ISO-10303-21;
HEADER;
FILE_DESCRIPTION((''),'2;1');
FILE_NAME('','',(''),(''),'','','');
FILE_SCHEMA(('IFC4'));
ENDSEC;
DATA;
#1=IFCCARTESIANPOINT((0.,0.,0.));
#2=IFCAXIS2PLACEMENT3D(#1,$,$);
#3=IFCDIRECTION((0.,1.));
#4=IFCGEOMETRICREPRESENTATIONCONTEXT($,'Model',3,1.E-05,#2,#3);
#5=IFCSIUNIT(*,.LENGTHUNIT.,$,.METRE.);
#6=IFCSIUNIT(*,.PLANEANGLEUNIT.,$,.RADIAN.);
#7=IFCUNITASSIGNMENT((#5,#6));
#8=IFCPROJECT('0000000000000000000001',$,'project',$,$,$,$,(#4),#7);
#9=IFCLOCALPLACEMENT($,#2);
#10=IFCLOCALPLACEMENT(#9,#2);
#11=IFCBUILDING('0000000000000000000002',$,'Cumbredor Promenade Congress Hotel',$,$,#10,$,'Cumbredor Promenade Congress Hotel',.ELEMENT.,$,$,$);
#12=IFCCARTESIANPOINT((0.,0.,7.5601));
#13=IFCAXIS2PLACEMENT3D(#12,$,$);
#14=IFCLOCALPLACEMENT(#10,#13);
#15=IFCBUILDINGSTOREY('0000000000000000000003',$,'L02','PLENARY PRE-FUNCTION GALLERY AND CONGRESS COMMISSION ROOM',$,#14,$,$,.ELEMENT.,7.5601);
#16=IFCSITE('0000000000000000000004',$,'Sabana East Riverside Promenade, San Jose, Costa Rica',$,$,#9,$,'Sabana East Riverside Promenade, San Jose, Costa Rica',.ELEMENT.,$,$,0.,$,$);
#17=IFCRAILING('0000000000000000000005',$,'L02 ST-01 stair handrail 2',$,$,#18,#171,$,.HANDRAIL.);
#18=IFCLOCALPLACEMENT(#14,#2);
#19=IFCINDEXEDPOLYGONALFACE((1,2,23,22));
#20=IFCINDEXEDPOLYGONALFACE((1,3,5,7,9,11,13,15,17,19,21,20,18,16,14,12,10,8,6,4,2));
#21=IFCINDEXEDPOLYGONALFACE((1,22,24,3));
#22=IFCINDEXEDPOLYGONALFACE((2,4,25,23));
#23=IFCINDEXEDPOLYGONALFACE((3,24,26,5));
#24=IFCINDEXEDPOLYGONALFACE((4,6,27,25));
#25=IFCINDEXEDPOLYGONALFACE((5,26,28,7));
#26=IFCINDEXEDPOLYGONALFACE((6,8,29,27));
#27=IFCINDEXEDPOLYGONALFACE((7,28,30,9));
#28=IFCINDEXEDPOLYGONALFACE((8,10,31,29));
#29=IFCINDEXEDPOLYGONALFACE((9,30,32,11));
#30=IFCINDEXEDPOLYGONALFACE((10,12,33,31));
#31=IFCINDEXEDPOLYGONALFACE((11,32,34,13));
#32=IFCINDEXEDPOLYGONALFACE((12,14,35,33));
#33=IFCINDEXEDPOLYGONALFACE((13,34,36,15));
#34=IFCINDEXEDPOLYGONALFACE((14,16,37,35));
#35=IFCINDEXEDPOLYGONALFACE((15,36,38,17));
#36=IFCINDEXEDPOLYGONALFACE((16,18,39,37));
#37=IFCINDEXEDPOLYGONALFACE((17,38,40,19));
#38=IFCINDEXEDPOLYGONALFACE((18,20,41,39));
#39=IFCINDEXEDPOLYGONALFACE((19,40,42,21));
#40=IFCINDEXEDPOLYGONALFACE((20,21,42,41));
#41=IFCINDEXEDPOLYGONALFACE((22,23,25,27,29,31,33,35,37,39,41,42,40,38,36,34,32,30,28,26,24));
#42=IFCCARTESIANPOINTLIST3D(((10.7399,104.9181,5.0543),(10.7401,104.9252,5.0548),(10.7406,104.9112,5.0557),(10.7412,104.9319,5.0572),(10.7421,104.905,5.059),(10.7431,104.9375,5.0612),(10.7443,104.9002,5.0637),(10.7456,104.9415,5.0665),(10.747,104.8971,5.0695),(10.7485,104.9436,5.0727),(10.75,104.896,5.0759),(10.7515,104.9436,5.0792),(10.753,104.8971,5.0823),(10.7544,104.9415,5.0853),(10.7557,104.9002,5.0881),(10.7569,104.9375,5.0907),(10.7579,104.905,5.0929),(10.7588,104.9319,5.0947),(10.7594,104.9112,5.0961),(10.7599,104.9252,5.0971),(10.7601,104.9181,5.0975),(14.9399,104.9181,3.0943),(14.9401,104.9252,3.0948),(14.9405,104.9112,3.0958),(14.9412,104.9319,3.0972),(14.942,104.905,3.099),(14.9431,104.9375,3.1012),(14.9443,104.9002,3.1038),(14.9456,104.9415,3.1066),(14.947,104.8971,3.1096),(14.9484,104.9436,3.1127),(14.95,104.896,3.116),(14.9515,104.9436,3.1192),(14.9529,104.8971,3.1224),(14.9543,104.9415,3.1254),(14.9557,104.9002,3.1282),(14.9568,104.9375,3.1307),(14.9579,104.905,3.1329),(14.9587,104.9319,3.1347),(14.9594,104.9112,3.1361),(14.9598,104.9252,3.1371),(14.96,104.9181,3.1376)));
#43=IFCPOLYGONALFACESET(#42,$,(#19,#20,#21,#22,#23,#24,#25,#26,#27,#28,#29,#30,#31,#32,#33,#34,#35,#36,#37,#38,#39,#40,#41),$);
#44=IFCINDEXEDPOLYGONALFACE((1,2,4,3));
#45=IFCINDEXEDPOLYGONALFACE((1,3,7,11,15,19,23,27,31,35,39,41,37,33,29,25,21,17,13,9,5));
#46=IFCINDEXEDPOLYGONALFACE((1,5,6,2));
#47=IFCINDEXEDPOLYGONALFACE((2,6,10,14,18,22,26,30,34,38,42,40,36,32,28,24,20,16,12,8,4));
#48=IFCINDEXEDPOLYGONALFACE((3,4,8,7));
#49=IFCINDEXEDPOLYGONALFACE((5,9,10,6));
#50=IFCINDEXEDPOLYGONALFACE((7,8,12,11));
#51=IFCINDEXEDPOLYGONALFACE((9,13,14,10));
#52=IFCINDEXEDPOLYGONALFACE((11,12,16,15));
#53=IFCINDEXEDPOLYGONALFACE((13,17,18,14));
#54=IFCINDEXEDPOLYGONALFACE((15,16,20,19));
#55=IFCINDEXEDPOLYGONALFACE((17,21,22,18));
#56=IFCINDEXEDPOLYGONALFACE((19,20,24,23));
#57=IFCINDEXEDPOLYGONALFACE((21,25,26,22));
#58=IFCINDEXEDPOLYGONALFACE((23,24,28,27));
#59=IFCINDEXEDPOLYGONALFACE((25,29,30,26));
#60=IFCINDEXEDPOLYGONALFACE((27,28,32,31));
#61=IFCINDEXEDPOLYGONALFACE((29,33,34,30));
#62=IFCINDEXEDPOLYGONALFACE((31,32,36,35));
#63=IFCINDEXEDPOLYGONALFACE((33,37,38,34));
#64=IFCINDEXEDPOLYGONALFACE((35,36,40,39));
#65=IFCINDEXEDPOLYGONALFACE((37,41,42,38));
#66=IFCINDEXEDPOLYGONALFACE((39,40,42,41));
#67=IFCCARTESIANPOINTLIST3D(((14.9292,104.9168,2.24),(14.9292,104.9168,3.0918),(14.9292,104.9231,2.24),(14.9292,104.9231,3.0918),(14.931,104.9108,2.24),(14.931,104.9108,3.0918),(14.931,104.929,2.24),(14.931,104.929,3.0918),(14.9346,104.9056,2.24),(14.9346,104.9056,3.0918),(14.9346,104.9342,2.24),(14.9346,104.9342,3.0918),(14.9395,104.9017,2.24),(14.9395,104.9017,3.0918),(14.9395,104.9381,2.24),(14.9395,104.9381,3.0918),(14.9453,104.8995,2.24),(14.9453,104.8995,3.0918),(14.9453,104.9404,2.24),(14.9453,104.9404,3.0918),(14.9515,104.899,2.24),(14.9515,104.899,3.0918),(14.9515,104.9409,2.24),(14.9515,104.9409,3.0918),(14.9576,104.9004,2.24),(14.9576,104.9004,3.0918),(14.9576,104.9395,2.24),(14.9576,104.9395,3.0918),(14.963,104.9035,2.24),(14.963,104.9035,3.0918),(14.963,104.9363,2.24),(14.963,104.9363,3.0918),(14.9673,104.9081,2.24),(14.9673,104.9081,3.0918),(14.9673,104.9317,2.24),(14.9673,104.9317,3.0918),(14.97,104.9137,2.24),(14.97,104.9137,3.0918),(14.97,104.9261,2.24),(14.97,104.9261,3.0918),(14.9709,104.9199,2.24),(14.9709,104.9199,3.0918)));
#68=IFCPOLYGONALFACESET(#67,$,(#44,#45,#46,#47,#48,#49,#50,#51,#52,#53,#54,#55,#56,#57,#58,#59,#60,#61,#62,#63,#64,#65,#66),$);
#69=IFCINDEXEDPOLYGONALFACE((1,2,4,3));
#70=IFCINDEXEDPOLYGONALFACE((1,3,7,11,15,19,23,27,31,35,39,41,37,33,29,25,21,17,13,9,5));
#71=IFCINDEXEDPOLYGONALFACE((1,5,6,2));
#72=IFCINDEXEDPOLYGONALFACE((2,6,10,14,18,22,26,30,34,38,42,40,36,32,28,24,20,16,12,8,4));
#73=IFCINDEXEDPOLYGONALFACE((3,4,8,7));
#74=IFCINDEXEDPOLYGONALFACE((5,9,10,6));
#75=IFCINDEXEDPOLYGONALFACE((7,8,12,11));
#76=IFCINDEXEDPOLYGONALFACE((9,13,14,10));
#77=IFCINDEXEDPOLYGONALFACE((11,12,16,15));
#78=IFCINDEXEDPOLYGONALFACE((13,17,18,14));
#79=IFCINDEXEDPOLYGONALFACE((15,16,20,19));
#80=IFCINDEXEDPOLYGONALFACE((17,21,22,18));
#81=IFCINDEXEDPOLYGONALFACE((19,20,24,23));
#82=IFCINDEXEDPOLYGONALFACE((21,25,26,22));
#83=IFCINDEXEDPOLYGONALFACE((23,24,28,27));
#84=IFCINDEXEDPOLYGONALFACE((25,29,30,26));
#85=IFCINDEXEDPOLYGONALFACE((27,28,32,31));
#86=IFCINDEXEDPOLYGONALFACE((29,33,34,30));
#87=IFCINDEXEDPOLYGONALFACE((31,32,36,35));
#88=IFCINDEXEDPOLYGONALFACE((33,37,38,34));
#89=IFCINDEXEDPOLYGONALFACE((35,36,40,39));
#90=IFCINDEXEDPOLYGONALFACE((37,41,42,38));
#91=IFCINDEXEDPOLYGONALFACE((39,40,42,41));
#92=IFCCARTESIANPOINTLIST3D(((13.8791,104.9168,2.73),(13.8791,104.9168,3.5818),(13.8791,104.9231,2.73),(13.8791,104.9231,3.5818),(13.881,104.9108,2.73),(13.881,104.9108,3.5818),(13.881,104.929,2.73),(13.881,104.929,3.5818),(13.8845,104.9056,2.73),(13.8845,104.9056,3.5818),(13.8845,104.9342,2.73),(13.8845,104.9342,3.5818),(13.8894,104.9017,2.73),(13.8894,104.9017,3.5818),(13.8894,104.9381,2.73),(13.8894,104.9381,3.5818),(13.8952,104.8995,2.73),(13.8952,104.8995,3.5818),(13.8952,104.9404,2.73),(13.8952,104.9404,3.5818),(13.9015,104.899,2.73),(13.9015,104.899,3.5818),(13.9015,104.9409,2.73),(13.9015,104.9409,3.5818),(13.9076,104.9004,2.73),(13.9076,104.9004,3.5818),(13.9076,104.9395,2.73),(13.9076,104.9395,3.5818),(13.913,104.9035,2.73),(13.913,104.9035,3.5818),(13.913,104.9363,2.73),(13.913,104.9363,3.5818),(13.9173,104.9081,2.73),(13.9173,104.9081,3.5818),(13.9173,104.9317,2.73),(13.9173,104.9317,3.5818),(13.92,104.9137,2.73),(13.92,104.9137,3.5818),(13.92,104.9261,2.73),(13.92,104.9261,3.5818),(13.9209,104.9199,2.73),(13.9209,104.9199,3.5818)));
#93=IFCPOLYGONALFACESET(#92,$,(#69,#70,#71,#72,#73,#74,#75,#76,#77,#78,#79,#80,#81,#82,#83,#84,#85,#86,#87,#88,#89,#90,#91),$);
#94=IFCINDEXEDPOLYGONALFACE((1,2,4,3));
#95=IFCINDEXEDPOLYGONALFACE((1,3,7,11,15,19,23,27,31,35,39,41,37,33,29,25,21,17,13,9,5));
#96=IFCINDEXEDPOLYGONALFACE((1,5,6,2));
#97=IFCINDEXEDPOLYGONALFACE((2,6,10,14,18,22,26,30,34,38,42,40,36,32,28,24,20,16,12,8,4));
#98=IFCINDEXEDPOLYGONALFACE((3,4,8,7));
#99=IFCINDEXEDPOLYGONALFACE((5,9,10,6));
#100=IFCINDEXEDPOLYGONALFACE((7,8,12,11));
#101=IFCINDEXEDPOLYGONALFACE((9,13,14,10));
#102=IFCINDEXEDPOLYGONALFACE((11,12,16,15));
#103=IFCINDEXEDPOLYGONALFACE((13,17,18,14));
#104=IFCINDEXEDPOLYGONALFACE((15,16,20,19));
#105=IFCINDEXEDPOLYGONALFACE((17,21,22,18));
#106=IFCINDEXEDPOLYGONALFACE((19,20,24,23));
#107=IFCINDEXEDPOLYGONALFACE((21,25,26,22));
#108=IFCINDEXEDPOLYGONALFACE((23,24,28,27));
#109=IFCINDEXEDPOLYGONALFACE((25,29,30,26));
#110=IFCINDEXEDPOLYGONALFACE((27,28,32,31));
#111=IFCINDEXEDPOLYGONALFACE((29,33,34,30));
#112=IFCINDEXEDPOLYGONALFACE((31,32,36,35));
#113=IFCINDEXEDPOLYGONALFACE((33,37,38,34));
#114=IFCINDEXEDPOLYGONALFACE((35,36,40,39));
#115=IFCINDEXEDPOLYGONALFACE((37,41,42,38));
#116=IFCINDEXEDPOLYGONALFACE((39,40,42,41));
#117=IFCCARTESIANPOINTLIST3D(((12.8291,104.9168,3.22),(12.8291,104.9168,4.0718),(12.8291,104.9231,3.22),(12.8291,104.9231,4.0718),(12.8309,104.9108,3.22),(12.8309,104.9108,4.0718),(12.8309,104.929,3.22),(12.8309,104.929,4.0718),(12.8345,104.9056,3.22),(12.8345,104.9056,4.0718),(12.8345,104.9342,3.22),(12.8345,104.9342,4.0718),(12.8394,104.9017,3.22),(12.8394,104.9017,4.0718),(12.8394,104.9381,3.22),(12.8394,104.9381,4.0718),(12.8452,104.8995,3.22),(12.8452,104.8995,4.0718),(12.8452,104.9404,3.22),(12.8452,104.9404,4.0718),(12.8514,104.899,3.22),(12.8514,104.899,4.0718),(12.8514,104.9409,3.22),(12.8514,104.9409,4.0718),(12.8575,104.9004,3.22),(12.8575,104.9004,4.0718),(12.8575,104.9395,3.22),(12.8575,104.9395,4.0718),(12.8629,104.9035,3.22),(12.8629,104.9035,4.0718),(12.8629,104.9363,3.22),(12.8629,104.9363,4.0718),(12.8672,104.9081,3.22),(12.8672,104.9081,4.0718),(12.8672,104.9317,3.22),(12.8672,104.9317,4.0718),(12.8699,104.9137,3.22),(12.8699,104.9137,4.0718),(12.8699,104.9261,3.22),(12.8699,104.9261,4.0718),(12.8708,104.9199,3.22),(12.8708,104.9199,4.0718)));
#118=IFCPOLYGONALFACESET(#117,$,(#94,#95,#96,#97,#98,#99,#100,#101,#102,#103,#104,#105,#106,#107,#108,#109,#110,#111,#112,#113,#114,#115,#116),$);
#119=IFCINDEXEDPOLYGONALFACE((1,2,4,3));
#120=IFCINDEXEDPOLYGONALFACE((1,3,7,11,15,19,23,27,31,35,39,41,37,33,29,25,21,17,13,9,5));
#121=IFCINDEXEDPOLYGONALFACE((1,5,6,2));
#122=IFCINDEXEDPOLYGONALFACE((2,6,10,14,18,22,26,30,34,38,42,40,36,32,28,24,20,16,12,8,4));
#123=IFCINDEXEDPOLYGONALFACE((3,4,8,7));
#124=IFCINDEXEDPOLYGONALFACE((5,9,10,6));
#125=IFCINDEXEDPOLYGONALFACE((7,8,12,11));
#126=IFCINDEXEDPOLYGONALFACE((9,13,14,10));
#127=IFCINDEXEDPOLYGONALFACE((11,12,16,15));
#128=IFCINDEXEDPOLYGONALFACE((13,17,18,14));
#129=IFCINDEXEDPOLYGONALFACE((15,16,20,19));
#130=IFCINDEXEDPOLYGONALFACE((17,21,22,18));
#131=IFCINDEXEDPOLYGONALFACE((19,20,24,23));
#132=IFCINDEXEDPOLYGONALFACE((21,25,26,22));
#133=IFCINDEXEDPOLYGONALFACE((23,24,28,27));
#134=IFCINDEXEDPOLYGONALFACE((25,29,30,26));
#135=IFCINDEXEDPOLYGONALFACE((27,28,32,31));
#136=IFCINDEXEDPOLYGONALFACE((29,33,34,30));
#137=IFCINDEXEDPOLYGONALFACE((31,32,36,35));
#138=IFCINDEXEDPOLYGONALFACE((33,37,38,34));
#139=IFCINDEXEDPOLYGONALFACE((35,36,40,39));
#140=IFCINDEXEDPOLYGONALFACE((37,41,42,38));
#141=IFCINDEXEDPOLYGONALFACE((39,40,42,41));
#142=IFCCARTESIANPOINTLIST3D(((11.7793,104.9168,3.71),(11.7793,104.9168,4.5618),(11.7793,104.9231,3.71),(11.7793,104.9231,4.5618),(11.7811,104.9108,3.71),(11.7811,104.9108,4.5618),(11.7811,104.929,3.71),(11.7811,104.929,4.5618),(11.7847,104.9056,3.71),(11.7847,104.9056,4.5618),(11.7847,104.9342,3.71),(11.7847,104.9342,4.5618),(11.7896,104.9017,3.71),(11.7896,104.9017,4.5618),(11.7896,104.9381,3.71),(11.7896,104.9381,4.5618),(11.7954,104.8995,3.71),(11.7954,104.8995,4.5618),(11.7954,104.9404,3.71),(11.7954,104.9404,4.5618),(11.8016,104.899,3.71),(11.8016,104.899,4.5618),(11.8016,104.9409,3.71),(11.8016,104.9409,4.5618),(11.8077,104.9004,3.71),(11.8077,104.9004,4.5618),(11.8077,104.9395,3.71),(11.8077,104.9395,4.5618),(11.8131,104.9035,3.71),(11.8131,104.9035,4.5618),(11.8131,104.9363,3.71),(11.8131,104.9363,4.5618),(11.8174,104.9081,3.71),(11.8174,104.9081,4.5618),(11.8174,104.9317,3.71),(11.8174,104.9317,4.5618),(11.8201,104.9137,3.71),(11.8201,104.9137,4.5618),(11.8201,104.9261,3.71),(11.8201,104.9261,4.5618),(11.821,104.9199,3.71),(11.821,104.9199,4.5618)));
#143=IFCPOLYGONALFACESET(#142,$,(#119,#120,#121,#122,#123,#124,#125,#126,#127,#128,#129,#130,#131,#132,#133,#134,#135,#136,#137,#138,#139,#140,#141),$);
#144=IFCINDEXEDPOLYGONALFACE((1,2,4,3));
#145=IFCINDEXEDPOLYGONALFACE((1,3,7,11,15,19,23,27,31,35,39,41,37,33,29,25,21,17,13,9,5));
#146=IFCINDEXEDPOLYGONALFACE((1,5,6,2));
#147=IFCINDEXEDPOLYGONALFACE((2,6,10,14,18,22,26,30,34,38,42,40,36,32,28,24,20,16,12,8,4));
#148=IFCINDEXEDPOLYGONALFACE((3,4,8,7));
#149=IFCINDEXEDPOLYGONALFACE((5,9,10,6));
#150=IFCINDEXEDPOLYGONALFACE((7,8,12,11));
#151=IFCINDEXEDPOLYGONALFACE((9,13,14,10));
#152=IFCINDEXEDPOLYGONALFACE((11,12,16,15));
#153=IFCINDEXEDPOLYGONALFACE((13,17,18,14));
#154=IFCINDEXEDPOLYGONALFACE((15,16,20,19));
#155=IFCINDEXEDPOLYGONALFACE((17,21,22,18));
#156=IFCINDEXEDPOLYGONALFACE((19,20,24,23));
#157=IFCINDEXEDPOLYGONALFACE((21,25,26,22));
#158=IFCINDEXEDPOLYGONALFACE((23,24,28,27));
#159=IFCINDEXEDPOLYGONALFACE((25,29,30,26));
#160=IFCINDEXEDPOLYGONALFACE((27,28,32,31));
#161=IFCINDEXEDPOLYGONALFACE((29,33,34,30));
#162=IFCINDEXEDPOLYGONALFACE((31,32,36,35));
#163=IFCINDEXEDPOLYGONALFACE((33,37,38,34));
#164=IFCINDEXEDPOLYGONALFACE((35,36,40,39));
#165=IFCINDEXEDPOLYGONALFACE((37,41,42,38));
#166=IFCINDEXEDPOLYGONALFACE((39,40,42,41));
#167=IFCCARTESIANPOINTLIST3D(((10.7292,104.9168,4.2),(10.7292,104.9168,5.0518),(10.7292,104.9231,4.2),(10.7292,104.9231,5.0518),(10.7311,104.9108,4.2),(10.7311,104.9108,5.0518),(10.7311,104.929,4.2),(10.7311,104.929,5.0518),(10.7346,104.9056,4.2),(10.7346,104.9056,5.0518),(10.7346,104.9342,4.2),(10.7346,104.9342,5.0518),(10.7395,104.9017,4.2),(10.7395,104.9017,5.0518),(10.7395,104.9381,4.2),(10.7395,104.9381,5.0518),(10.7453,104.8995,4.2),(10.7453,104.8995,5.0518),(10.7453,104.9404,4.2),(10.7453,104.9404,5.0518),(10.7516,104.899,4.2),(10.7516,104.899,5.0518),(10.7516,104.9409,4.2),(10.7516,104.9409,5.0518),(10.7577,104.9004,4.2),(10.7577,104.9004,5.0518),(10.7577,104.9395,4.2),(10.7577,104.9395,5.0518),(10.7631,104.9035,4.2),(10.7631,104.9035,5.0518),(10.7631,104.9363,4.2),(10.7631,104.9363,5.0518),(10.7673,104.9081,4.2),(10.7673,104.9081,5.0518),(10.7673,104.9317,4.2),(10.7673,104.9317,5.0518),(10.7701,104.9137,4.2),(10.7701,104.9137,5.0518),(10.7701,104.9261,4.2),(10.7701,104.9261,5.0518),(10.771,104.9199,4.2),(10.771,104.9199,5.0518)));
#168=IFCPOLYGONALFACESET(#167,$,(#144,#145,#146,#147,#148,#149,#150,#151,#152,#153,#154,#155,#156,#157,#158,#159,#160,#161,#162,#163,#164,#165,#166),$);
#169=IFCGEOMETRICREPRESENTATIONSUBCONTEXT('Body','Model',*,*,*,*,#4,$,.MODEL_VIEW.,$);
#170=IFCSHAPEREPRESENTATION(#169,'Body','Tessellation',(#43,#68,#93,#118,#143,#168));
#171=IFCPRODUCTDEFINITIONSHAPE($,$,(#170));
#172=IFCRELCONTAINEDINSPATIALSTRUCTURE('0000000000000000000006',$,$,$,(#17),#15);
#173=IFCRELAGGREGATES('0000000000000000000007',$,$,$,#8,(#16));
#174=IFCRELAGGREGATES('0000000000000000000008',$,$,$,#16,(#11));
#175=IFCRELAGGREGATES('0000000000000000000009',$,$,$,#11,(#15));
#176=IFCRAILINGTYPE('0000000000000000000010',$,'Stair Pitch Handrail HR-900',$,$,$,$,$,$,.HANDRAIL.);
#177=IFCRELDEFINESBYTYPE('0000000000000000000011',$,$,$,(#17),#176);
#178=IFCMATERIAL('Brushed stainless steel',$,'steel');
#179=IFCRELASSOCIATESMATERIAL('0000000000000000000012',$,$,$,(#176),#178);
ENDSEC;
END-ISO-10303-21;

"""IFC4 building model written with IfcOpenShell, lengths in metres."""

from ifc_helpers import new_model, si_unit, direction, frame, origin, origin_2d, place, context, subcontext, project, spatial, circle, extrude, material, type_object, element, save


model = new_model("IFC4")

# Units and contexts
model_context = context("Model", 3, precision=1e-05, world=origin(), true_north=direction((0.0, 1.0)))
body_context = subcontext(model_context, "Body", "Model", "MODEL_VIEW")
ifc_project = project(units=[si_unit("LENGTHUNIT", "METRE"), si_unit("PLANEANGLEUNIT", "RADIAN")], contexts=[model_context])

# Site, building, storey
site_placement = place(None, origin())
site = spatial("IfcSite", under=ifc_project, at=site_placement, Name="Sabana East Riverside Promenade, San Jose, Costa Rica", LongName="Sabana East Riverside Promenade, San Jose, Costa Rica", CompositionType="ELEMENT", RefElevation=0.0)
building_placement = place(site_placement, origin())
building = spatial("IfcBuilding", under=site, at=building_placement, Name="Cumbredor Promenade Congress Hotel", LongName="Cumbredor Promenade Congress Hotel", CompositionType="ELEMENT")
storey_placement = place(building_placement, frame((0.0, 0.0, 7.5601)))
storey = spatial("IfcBuildingStorey", under=building, at=storey_placement, Name="L02", Description="PLENARY PRE-FUNCTION GALLERY AND CONGRESS COMMISSION ROOM", CompositionType="ELEMENT", Elevation=7.5601)

# Railing
ifc_material_1 = material(Name="Brushed stainless steel", Category="steel")
railing_type_1 = type_object("IfcRailingType", Name="Stair Pitch Handrail HR-900", PredefinedType="HANDRAIL", material=ifc_material_1)
railing_1_placement = place(storey_placement, frame((14.95, 104.9199, 2.24)))
element("IfcRailing", 1, at=railing_1_placement, inside=storey, type_object=railing_type_1, Name="L02 ST-01 stair handrail 2", PredefinedType="HANDRAIL", context=body_context, shape_type="SweptSolid", body=[
    extrude(circle(Radius=0.0239, at=origin_2d()), frame((0.0, 0.0, 0.876), z_axis=(-0.906184, 0.0, 0.422883), x_axis=(0.0, -1.0, 0.0)), (0.0, 0.0, 1.0), 4.6348),
    extrude(circle(Radius=0.021, at=origin_2d()), origin(), (0.0, 0.0, 1.0), 0.8518),
    extrude(circle(Radius=0.021, at=origin_2d()), frame((-1.05, 0.0, 0.49)), (0.0, 0.0, 1.0), 0.8518),
    extrude(circle(Radius=0.021, at=origin_2d()), frame((-2.1001, 0.0, 0.98)), (0.0, 0.0, 1.0), 0.8518),
    extrude(circle(Radius=0.021, at=origin_2d()), frame((-3.1499, 0.0, 1.47)), (0.0, 0.0, 1.0), 0.8518),
    extrude(circle(Radius=0.021, at=origin_2d()), frame((-4.2, 0.0, 1.96)), (0.0, 0.0, 1.0), 0.8518),
])

save(model, "model.ifc")
